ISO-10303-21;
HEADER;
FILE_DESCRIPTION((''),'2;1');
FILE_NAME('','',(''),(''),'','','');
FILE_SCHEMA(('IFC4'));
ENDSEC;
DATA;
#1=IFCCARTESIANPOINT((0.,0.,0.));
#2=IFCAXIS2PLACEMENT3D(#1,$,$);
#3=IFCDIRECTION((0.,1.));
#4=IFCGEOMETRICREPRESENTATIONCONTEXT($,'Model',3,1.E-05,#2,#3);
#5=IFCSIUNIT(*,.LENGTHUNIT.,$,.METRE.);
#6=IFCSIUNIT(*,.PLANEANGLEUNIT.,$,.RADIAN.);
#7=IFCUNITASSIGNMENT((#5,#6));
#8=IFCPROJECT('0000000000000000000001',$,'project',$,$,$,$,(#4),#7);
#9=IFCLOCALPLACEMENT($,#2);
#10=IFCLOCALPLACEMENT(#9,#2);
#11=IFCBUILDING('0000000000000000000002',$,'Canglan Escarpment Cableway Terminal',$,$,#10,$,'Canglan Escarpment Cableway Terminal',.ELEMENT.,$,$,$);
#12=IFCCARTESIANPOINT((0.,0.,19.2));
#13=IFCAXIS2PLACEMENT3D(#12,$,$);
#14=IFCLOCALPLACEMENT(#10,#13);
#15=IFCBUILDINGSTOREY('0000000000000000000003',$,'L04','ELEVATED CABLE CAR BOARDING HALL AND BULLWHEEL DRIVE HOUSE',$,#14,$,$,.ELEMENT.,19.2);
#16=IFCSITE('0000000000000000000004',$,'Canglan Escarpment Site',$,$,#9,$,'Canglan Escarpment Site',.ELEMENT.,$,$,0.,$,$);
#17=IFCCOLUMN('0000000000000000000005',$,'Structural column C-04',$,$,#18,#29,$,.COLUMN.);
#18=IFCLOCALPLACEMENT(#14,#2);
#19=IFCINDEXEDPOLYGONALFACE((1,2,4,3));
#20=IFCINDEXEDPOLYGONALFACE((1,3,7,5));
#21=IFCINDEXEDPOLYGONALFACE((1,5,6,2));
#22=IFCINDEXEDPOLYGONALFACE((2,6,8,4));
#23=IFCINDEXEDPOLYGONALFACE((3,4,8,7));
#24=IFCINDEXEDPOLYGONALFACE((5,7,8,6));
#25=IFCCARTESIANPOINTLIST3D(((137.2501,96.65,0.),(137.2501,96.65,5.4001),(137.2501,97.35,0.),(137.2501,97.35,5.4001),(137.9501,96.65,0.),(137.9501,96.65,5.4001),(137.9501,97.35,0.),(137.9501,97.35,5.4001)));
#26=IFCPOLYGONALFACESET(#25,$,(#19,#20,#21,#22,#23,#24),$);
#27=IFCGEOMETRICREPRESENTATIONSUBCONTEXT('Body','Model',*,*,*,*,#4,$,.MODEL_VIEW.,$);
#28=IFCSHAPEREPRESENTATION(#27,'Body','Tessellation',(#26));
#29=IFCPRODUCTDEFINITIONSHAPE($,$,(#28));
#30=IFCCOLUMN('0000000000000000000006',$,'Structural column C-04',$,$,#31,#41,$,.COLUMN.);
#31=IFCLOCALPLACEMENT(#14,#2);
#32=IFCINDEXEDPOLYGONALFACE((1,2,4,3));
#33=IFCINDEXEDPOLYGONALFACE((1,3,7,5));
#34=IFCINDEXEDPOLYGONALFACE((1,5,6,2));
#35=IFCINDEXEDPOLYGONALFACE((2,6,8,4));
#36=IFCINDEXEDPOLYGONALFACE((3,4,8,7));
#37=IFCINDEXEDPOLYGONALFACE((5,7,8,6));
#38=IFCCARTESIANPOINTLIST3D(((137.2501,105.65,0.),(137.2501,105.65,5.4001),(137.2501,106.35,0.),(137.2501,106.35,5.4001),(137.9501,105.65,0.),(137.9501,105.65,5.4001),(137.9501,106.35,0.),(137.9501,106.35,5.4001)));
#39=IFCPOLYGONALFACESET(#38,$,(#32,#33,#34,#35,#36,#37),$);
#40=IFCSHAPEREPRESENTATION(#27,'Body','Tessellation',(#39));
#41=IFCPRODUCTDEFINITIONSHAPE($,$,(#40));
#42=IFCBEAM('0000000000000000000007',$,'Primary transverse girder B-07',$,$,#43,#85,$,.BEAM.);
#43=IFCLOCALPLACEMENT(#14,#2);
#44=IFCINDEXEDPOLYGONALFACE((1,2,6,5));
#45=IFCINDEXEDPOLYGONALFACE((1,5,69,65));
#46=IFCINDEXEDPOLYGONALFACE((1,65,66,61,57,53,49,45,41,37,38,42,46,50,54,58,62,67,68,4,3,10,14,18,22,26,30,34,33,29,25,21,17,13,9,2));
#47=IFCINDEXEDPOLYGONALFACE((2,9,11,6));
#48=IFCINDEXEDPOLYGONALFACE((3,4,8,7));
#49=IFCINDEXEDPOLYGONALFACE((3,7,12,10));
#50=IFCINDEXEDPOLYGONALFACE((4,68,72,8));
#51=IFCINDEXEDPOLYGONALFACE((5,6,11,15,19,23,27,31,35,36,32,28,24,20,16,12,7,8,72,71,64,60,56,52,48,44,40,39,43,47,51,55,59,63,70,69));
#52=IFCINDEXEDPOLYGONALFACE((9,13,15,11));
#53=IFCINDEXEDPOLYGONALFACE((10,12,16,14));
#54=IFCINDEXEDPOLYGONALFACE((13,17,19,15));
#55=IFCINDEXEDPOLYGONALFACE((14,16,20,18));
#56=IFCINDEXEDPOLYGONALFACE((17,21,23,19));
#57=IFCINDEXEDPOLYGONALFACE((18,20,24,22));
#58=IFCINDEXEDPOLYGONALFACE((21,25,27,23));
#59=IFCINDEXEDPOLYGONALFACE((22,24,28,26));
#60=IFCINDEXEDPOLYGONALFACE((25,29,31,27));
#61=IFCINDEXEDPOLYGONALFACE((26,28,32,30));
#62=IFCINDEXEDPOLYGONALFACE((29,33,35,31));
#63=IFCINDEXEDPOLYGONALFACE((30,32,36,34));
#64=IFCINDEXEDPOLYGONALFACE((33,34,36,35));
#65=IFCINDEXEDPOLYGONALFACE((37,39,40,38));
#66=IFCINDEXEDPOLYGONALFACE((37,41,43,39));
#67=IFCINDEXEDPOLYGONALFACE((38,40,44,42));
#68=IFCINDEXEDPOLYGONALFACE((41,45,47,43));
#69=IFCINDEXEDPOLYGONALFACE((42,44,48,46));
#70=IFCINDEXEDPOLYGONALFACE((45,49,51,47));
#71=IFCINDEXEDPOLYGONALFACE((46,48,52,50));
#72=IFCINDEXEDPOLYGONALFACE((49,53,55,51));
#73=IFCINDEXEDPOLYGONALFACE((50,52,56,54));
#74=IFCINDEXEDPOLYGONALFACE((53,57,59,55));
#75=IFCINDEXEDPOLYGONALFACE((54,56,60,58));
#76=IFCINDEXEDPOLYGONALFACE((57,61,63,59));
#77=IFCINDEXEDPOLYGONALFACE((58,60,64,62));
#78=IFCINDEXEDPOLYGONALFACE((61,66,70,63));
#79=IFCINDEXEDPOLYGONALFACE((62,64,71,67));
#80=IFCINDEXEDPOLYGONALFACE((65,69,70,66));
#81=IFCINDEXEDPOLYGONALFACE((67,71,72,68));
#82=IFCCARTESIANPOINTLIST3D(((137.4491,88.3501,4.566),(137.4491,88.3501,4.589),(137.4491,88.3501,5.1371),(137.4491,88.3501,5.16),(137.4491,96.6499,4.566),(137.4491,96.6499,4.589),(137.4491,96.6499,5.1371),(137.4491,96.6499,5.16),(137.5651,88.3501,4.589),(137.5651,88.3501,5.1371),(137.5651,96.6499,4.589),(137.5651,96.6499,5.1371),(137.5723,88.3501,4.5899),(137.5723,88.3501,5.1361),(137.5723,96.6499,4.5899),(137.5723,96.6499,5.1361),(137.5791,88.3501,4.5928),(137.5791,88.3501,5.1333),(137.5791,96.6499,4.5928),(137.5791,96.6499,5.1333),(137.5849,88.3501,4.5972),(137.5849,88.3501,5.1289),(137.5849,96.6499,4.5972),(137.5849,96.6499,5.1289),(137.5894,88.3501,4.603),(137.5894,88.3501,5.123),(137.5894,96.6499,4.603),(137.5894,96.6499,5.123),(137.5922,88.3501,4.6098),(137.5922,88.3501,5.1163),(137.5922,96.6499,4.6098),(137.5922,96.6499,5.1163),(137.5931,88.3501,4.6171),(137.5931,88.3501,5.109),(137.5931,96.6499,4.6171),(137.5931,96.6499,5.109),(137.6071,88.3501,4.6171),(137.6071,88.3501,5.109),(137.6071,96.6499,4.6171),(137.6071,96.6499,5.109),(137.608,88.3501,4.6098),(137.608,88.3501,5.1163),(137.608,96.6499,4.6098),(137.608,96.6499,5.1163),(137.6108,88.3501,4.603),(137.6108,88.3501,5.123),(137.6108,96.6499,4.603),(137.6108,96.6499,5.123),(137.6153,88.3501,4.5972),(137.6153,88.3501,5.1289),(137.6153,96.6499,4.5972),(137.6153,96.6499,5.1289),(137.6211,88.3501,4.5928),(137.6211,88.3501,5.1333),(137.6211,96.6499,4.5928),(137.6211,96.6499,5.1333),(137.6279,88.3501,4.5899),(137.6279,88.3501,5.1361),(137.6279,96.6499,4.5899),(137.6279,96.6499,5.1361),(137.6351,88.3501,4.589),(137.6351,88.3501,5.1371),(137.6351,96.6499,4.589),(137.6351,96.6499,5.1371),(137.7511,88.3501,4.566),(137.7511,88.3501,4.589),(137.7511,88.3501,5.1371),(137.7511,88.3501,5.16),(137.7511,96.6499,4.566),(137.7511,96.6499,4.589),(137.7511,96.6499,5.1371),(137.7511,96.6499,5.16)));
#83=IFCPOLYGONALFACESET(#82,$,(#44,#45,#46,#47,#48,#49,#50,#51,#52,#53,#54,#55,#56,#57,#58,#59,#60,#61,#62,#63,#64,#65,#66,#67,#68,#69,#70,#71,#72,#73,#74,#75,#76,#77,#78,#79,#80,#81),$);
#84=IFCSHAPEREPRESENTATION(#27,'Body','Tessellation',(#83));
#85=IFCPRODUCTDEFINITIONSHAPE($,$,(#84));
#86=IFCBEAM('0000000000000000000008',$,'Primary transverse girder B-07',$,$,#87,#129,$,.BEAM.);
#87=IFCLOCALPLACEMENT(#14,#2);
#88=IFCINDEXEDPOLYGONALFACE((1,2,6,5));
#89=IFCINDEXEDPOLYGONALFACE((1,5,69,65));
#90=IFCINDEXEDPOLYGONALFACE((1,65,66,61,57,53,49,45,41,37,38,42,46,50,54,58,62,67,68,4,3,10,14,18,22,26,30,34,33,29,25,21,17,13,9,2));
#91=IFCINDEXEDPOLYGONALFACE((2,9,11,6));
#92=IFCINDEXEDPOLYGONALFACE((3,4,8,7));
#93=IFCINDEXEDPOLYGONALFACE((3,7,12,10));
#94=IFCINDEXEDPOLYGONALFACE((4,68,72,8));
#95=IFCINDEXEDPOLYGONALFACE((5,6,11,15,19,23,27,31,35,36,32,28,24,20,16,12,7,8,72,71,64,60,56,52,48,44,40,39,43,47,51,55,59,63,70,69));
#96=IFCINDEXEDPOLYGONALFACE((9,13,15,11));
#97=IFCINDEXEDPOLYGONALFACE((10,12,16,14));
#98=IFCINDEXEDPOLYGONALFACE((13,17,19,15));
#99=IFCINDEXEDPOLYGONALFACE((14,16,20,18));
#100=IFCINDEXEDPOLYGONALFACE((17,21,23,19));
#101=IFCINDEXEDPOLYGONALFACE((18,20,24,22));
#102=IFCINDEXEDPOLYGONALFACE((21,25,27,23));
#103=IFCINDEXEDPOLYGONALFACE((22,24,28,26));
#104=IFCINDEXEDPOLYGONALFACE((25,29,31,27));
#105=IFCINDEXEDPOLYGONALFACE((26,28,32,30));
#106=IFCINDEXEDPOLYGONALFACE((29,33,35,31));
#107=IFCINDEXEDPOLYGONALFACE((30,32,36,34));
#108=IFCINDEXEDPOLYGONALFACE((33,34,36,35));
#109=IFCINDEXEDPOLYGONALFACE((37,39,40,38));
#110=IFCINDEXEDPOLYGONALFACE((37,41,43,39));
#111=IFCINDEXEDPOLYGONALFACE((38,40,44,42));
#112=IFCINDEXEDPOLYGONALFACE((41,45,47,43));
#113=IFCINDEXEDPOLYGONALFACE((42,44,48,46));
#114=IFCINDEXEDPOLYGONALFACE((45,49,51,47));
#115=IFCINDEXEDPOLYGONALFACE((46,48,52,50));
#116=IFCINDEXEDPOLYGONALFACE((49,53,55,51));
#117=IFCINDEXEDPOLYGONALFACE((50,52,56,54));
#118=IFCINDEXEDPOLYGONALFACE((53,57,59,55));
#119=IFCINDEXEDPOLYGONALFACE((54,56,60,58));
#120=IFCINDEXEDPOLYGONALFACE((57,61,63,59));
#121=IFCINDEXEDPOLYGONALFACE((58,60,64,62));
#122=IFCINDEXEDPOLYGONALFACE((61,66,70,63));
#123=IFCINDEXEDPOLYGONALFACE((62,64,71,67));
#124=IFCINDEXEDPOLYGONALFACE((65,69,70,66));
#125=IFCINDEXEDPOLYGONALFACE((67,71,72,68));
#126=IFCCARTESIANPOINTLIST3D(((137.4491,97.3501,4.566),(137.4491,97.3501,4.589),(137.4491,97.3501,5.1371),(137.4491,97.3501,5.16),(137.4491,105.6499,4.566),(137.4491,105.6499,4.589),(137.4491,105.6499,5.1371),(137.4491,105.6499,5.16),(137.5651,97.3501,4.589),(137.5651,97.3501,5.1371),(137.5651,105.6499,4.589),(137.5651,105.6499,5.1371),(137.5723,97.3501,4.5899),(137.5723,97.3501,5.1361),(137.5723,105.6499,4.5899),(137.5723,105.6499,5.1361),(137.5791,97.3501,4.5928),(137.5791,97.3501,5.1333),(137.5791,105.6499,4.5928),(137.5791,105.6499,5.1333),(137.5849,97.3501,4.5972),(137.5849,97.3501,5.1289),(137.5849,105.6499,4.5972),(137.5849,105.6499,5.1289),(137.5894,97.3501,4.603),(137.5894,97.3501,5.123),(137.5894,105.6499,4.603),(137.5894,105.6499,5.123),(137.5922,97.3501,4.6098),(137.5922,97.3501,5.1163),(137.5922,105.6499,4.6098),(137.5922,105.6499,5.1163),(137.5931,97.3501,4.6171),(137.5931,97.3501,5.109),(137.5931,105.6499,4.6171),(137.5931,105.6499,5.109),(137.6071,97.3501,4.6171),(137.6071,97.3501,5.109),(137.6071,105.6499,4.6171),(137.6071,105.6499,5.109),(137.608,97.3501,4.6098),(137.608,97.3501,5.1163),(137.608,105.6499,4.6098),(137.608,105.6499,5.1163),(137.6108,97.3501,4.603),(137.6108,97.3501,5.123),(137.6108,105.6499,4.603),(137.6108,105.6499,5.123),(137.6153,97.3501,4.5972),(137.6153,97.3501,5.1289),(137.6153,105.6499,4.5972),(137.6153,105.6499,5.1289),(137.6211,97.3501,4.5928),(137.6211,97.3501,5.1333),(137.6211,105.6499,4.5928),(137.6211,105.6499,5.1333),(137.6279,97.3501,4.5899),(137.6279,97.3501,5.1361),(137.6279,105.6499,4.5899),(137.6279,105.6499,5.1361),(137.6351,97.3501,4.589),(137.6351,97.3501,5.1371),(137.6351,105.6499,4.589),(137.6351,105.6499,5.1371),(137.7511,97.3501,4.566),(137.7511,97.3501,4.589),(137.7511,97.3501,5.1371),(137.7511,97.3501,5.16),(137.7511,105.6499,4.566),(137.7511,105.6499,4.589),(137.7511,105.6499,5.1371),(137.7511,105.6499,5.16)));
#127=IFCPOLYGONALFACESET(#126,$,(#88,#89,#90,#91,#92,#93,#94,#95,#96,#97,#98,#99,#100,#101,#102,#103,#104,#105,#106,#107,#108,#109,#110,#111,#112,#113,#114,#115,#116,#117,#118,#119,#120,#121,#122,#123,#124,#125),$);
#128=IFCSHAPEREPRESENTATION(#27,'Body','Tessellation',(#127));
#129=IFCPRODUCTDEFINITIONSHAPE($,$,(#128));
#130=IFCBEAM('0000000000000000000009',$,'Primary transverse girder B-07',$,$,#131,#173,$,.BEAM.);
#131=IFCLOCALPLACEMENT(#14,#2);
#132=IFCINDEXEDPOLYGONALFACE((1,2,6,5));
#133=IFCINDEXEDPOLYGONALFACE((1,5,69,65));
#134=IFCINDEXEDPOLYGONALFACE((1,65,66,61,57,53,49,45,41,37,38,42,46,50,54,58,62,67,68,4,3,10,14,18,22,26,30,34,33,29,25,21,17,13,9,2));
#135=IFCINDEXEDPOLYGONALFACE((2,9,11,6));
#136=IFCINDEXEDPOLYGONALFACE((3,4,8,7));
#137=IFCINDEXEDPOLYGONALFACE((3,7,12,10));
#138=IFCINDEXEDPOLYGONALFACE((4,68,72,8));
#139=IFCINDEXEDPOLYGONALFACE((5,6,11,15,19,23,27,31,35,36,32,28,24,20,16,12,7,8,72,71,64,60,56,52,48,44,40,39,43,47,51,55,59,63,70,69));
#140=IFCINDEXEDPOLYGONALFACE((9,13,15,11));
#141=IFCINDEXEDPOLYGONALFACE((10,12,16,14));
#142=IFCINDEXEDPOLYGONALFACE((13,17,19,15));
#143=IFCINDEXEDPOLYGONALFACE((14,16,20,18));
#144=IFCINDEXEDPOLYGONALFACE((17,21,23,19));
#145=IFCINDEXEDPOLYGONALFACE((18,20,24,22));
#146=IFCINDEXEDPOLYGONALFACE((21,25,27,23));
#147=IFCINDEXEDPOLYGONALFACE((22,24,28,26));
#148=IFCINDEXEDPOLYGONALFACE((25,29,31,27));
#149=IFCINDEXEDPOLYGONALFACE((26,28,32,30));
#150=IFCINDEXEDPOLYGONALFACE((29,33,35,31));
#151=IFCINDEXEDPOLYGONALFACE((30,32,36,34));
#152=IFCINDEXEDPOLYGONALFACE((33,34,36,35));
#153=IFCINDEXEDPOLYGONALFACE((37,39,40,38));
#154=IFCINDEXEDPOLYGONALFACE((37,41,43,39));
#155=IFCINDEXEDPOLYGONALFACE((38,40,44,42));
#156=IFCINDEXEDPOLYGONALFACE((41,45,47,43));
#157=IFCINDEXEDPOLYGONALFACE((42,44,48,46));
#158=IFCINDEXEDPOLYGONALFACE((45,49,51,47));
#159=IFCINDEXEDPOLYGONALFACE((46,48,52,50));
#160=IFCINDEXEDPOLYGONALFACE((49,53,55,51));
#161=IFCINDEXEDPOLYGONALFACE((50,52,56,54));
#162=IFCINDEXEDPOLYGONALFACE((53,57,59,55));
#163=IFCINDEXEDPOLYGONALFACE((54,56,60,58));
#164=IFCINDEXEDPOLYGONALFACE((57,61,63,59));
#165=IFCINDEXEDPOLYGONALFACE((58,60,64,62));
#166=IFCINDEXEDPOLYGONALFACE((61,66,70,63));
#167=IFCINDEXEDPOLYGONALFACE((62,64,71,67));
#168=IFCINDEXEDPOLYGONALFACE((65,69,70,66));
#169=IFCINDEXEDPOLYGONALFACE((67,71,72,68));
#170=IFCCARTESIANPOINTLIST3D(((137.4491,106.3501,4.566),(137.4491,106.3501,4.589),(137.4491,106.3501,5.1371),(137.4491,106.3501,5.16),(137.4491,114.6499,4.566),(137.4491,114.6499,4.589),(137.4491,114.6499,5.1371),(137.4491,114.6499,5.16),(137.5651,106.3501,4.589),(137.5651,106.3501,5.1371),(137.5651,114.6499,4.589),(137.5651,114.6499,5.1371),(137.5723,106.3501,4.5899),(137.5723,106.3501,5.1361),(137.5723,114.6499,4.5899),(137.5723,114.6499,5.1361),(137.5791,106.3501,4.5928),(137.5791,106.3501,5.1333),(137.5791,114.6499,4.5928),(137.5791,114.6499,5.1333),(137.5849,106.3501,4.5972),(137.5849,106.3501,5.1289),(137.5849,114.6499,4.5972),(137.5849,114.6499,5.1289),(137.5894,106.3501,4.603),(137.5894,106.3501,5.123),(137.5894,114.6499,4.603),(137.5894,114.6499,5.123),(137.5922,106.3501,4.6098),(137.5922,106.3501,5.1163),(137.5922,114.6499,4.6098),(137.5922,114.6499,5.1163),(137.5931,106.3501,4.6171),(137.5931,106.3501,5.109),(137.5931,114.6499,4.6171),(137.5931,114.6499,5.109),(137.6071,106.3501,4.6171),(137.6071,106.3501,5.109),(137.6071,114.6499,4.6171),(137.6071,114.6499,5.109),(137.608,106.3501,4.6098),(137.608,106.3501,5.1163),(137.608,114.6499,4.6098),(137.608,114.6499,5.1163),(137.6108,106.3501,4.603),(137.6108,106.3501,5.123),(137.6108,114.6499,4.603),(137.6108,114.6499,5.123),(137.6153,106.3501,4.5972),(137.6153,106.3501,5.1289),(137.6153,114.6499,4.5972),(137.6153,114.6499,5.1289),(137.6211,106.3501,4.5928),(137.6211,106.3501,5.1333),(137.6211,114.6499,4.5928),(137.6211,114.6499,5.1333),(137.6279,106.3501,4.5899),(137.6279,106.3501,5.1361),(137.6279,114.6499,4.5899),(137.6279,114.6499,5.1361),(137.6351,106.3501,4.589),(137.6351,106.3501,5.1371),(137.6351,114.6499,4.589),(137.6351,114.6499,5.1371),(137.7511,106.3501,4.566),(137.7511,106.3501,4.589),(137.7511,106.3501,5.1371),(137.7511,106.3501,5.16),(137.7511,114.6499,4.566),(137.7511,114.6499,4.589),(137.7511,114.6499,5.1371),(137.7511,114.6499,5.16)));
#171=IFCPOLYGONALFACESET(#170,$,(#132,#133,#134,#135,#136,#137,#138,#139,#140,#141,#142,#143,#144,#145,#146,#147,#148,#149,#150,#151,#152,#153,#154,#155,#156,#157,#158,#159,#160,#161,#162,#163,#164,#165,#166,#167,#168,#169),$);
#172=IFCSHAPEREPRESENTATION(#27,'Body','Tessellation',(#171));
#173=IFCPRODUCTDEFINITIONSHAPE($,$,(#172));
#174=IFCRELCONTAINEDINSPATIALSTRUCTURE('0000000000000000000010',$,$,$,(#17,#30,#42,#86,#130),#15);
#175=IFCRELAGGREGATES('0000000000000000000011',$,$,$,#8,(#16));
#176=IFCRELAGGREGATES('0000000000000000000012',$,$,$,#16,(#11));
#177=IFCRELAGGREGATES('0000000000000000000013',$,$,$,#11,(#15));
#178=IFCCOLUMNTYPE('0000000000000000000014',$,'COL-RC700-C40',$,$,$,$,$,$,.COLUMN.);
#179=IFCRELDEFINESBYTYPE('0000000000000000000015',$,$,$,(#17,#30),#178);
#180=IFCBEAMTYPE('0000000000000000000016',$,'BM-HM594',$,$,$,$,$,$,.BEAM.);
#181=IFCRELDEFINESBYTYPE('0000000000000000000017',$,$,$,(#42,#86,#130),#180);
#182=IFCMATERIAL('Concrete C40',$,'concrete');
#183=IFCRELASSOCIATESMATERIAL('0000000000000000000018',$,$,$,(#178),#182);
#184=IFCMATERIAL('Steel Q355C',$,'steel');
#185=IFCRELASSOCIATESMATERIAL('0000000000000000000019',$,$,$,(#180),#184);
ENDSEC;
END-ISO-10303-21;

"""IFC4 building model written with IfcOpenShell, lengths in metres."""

from ifc_helpers import new_model, si_unit, direction, frame, origin, origin_2d, place, context, subcontext, project, spatial, rectangle, i_section, extrude, material, material_profile, profile_set, type_object, element, save


model = new_model("IFC4")

# Units and contexts
model_context = context("Model", 3, precision=1e-05, world=origin(), true_north=direction((0.0, 1.0)))
body_context = subcontext(model_context, "Body", "Model", "MODEL_VIEW")
ifc_project = project(units=[si_unit("LENGTHUNIT", "METRE"), si_unit("PLANEANGLEUNIT", "RADIAN")], contexts=[model_context])

# Site, building, storey
site_placement = place(None, origin())
site = spatial("IfcSite", under=ifc_project, at=site_placement, Name="Canglan Escarpment Site", LongName="Canglan Escarpment Site", CompositionType="ELEMENT", RefElevation=0.0)
building_placement = place(site_placement, origin())
building = spatial("IfcBuilding", under=site, at=building_placement, Name="Canglan Escarpment Cableway Terminal", LongName="Canglan Escarpment Cableway Terminal", CompositionType="ELEMENT")
storey_placement = place(building_placement, frame((0.0, 0.0, 19.2)))
storey = spatial("IfcBuildingStorey", under=building, at=storey_placement, Name="L04", Description="ELEVATED CABLE CAR BOARDING HALL AND BULLWHEEL DRIVE HOUSE", CompositionType="ELEMENT", Elevation=19.2)

# Columns
ifc_material_1 = material(Name="Concrete C40", Category="concrete")
ifc_material_profile_1 = material_profile(ifc_material_1, rectangle(XDim=0.7, YDim=0.7, at=origin_2d()), Name="RC 700x700")
ifc_profile_set_1 = profile_set([ifc_material_profile_1], Name="Concrete C40")
column_type = type_object("IfcColumnType", Name="COL-RC700-C40", PredefinedType="COLUMN", material=ifc_profile_set_1)
for number, where, z_axis, x_axis, name in (
    (1, (137.6001, 97.0, 0.0), (0.0, 0.0, 1.0), (1.0, 0.0, 0.0), "Structural column C-04"),
    (2, (137.6001, 106.0, 0.0), (0.0, 0.0, 1.0), (1.0, 0.0, 0.0), "Structural column C-04"),
):
    element("IfcColumn", number, at=place(storey_placement, frame(where, z_axis=z_axis, x_axis=x_axis)), inside=storey, type_object=column_type, Name=name, PredefinedType="COLUMN", context=body_context, shape_type="SweptSolid", body=[
        extrude(rectangle(XDim=0.7, YDim=0.7, at=origin_2d()), origin(), (0.0, 0.0, 1.0), 5.4001),
    ])

# Beams
ifc_material_2 = material(Name="Steel Q355C", Category="steel")
ifc_material_profile_2 = material_profile(ifc_material_2, i_section(OverallWidth=0.302, OverallDepth=0.594, WebThickness=0.0139, FlangeThickness=0.0229, FilletRadius=0.0281, at=origin_2d()), Name="HM 594x302x14x23")
ifc_profile_set_2 = profile_set([ifc_material_profile_2], Name="Steel Q355C")
beam_type = type_object("IfcBeamType", Name="BM-HM594", PredefinedType="BEAM", material=ifc_profile_set_2)
for number, where, z_axis, x_axis, name in (
    (3, (137.6001, 88.3501, 4.863), (0.0, 1.0, 0.0), (-1.0, 0.0, 0.0), "Primary transverse girder B-07"),
    (4, (137.6001, 97.3501, 4.863), (0.0, 1.0, 0.0), (-1.0, 0.0, 0.0), "Primary transverse girder B-07"),
    (5, (137.6001, 106.3501, 4.863), (0.0, 1.0, 0.0), (-1.0, 0.0, 0.0), "Primary transverse girder B-07"),
):
    element("IfcBeam", number, at=place(storey_placement, frame(where, z_axis=z_axis, x_axis=x_axis)), inside=storey, type_object=beam_type, Name=name, PredefinedType="BEAM", context=body_context, shape_type="SweptSolid", body=[
        extrude(i_section(OverallWidth=0.302, OverallDepth=0.594, WebThickness=0.0139, FlangeThickness=0.0229, FilletRadius=0.0281, at=origin_2d()), origin(), (0.0, 0.0, 1.0), 8.2998),
    ])

save(model, "model.ifc")
